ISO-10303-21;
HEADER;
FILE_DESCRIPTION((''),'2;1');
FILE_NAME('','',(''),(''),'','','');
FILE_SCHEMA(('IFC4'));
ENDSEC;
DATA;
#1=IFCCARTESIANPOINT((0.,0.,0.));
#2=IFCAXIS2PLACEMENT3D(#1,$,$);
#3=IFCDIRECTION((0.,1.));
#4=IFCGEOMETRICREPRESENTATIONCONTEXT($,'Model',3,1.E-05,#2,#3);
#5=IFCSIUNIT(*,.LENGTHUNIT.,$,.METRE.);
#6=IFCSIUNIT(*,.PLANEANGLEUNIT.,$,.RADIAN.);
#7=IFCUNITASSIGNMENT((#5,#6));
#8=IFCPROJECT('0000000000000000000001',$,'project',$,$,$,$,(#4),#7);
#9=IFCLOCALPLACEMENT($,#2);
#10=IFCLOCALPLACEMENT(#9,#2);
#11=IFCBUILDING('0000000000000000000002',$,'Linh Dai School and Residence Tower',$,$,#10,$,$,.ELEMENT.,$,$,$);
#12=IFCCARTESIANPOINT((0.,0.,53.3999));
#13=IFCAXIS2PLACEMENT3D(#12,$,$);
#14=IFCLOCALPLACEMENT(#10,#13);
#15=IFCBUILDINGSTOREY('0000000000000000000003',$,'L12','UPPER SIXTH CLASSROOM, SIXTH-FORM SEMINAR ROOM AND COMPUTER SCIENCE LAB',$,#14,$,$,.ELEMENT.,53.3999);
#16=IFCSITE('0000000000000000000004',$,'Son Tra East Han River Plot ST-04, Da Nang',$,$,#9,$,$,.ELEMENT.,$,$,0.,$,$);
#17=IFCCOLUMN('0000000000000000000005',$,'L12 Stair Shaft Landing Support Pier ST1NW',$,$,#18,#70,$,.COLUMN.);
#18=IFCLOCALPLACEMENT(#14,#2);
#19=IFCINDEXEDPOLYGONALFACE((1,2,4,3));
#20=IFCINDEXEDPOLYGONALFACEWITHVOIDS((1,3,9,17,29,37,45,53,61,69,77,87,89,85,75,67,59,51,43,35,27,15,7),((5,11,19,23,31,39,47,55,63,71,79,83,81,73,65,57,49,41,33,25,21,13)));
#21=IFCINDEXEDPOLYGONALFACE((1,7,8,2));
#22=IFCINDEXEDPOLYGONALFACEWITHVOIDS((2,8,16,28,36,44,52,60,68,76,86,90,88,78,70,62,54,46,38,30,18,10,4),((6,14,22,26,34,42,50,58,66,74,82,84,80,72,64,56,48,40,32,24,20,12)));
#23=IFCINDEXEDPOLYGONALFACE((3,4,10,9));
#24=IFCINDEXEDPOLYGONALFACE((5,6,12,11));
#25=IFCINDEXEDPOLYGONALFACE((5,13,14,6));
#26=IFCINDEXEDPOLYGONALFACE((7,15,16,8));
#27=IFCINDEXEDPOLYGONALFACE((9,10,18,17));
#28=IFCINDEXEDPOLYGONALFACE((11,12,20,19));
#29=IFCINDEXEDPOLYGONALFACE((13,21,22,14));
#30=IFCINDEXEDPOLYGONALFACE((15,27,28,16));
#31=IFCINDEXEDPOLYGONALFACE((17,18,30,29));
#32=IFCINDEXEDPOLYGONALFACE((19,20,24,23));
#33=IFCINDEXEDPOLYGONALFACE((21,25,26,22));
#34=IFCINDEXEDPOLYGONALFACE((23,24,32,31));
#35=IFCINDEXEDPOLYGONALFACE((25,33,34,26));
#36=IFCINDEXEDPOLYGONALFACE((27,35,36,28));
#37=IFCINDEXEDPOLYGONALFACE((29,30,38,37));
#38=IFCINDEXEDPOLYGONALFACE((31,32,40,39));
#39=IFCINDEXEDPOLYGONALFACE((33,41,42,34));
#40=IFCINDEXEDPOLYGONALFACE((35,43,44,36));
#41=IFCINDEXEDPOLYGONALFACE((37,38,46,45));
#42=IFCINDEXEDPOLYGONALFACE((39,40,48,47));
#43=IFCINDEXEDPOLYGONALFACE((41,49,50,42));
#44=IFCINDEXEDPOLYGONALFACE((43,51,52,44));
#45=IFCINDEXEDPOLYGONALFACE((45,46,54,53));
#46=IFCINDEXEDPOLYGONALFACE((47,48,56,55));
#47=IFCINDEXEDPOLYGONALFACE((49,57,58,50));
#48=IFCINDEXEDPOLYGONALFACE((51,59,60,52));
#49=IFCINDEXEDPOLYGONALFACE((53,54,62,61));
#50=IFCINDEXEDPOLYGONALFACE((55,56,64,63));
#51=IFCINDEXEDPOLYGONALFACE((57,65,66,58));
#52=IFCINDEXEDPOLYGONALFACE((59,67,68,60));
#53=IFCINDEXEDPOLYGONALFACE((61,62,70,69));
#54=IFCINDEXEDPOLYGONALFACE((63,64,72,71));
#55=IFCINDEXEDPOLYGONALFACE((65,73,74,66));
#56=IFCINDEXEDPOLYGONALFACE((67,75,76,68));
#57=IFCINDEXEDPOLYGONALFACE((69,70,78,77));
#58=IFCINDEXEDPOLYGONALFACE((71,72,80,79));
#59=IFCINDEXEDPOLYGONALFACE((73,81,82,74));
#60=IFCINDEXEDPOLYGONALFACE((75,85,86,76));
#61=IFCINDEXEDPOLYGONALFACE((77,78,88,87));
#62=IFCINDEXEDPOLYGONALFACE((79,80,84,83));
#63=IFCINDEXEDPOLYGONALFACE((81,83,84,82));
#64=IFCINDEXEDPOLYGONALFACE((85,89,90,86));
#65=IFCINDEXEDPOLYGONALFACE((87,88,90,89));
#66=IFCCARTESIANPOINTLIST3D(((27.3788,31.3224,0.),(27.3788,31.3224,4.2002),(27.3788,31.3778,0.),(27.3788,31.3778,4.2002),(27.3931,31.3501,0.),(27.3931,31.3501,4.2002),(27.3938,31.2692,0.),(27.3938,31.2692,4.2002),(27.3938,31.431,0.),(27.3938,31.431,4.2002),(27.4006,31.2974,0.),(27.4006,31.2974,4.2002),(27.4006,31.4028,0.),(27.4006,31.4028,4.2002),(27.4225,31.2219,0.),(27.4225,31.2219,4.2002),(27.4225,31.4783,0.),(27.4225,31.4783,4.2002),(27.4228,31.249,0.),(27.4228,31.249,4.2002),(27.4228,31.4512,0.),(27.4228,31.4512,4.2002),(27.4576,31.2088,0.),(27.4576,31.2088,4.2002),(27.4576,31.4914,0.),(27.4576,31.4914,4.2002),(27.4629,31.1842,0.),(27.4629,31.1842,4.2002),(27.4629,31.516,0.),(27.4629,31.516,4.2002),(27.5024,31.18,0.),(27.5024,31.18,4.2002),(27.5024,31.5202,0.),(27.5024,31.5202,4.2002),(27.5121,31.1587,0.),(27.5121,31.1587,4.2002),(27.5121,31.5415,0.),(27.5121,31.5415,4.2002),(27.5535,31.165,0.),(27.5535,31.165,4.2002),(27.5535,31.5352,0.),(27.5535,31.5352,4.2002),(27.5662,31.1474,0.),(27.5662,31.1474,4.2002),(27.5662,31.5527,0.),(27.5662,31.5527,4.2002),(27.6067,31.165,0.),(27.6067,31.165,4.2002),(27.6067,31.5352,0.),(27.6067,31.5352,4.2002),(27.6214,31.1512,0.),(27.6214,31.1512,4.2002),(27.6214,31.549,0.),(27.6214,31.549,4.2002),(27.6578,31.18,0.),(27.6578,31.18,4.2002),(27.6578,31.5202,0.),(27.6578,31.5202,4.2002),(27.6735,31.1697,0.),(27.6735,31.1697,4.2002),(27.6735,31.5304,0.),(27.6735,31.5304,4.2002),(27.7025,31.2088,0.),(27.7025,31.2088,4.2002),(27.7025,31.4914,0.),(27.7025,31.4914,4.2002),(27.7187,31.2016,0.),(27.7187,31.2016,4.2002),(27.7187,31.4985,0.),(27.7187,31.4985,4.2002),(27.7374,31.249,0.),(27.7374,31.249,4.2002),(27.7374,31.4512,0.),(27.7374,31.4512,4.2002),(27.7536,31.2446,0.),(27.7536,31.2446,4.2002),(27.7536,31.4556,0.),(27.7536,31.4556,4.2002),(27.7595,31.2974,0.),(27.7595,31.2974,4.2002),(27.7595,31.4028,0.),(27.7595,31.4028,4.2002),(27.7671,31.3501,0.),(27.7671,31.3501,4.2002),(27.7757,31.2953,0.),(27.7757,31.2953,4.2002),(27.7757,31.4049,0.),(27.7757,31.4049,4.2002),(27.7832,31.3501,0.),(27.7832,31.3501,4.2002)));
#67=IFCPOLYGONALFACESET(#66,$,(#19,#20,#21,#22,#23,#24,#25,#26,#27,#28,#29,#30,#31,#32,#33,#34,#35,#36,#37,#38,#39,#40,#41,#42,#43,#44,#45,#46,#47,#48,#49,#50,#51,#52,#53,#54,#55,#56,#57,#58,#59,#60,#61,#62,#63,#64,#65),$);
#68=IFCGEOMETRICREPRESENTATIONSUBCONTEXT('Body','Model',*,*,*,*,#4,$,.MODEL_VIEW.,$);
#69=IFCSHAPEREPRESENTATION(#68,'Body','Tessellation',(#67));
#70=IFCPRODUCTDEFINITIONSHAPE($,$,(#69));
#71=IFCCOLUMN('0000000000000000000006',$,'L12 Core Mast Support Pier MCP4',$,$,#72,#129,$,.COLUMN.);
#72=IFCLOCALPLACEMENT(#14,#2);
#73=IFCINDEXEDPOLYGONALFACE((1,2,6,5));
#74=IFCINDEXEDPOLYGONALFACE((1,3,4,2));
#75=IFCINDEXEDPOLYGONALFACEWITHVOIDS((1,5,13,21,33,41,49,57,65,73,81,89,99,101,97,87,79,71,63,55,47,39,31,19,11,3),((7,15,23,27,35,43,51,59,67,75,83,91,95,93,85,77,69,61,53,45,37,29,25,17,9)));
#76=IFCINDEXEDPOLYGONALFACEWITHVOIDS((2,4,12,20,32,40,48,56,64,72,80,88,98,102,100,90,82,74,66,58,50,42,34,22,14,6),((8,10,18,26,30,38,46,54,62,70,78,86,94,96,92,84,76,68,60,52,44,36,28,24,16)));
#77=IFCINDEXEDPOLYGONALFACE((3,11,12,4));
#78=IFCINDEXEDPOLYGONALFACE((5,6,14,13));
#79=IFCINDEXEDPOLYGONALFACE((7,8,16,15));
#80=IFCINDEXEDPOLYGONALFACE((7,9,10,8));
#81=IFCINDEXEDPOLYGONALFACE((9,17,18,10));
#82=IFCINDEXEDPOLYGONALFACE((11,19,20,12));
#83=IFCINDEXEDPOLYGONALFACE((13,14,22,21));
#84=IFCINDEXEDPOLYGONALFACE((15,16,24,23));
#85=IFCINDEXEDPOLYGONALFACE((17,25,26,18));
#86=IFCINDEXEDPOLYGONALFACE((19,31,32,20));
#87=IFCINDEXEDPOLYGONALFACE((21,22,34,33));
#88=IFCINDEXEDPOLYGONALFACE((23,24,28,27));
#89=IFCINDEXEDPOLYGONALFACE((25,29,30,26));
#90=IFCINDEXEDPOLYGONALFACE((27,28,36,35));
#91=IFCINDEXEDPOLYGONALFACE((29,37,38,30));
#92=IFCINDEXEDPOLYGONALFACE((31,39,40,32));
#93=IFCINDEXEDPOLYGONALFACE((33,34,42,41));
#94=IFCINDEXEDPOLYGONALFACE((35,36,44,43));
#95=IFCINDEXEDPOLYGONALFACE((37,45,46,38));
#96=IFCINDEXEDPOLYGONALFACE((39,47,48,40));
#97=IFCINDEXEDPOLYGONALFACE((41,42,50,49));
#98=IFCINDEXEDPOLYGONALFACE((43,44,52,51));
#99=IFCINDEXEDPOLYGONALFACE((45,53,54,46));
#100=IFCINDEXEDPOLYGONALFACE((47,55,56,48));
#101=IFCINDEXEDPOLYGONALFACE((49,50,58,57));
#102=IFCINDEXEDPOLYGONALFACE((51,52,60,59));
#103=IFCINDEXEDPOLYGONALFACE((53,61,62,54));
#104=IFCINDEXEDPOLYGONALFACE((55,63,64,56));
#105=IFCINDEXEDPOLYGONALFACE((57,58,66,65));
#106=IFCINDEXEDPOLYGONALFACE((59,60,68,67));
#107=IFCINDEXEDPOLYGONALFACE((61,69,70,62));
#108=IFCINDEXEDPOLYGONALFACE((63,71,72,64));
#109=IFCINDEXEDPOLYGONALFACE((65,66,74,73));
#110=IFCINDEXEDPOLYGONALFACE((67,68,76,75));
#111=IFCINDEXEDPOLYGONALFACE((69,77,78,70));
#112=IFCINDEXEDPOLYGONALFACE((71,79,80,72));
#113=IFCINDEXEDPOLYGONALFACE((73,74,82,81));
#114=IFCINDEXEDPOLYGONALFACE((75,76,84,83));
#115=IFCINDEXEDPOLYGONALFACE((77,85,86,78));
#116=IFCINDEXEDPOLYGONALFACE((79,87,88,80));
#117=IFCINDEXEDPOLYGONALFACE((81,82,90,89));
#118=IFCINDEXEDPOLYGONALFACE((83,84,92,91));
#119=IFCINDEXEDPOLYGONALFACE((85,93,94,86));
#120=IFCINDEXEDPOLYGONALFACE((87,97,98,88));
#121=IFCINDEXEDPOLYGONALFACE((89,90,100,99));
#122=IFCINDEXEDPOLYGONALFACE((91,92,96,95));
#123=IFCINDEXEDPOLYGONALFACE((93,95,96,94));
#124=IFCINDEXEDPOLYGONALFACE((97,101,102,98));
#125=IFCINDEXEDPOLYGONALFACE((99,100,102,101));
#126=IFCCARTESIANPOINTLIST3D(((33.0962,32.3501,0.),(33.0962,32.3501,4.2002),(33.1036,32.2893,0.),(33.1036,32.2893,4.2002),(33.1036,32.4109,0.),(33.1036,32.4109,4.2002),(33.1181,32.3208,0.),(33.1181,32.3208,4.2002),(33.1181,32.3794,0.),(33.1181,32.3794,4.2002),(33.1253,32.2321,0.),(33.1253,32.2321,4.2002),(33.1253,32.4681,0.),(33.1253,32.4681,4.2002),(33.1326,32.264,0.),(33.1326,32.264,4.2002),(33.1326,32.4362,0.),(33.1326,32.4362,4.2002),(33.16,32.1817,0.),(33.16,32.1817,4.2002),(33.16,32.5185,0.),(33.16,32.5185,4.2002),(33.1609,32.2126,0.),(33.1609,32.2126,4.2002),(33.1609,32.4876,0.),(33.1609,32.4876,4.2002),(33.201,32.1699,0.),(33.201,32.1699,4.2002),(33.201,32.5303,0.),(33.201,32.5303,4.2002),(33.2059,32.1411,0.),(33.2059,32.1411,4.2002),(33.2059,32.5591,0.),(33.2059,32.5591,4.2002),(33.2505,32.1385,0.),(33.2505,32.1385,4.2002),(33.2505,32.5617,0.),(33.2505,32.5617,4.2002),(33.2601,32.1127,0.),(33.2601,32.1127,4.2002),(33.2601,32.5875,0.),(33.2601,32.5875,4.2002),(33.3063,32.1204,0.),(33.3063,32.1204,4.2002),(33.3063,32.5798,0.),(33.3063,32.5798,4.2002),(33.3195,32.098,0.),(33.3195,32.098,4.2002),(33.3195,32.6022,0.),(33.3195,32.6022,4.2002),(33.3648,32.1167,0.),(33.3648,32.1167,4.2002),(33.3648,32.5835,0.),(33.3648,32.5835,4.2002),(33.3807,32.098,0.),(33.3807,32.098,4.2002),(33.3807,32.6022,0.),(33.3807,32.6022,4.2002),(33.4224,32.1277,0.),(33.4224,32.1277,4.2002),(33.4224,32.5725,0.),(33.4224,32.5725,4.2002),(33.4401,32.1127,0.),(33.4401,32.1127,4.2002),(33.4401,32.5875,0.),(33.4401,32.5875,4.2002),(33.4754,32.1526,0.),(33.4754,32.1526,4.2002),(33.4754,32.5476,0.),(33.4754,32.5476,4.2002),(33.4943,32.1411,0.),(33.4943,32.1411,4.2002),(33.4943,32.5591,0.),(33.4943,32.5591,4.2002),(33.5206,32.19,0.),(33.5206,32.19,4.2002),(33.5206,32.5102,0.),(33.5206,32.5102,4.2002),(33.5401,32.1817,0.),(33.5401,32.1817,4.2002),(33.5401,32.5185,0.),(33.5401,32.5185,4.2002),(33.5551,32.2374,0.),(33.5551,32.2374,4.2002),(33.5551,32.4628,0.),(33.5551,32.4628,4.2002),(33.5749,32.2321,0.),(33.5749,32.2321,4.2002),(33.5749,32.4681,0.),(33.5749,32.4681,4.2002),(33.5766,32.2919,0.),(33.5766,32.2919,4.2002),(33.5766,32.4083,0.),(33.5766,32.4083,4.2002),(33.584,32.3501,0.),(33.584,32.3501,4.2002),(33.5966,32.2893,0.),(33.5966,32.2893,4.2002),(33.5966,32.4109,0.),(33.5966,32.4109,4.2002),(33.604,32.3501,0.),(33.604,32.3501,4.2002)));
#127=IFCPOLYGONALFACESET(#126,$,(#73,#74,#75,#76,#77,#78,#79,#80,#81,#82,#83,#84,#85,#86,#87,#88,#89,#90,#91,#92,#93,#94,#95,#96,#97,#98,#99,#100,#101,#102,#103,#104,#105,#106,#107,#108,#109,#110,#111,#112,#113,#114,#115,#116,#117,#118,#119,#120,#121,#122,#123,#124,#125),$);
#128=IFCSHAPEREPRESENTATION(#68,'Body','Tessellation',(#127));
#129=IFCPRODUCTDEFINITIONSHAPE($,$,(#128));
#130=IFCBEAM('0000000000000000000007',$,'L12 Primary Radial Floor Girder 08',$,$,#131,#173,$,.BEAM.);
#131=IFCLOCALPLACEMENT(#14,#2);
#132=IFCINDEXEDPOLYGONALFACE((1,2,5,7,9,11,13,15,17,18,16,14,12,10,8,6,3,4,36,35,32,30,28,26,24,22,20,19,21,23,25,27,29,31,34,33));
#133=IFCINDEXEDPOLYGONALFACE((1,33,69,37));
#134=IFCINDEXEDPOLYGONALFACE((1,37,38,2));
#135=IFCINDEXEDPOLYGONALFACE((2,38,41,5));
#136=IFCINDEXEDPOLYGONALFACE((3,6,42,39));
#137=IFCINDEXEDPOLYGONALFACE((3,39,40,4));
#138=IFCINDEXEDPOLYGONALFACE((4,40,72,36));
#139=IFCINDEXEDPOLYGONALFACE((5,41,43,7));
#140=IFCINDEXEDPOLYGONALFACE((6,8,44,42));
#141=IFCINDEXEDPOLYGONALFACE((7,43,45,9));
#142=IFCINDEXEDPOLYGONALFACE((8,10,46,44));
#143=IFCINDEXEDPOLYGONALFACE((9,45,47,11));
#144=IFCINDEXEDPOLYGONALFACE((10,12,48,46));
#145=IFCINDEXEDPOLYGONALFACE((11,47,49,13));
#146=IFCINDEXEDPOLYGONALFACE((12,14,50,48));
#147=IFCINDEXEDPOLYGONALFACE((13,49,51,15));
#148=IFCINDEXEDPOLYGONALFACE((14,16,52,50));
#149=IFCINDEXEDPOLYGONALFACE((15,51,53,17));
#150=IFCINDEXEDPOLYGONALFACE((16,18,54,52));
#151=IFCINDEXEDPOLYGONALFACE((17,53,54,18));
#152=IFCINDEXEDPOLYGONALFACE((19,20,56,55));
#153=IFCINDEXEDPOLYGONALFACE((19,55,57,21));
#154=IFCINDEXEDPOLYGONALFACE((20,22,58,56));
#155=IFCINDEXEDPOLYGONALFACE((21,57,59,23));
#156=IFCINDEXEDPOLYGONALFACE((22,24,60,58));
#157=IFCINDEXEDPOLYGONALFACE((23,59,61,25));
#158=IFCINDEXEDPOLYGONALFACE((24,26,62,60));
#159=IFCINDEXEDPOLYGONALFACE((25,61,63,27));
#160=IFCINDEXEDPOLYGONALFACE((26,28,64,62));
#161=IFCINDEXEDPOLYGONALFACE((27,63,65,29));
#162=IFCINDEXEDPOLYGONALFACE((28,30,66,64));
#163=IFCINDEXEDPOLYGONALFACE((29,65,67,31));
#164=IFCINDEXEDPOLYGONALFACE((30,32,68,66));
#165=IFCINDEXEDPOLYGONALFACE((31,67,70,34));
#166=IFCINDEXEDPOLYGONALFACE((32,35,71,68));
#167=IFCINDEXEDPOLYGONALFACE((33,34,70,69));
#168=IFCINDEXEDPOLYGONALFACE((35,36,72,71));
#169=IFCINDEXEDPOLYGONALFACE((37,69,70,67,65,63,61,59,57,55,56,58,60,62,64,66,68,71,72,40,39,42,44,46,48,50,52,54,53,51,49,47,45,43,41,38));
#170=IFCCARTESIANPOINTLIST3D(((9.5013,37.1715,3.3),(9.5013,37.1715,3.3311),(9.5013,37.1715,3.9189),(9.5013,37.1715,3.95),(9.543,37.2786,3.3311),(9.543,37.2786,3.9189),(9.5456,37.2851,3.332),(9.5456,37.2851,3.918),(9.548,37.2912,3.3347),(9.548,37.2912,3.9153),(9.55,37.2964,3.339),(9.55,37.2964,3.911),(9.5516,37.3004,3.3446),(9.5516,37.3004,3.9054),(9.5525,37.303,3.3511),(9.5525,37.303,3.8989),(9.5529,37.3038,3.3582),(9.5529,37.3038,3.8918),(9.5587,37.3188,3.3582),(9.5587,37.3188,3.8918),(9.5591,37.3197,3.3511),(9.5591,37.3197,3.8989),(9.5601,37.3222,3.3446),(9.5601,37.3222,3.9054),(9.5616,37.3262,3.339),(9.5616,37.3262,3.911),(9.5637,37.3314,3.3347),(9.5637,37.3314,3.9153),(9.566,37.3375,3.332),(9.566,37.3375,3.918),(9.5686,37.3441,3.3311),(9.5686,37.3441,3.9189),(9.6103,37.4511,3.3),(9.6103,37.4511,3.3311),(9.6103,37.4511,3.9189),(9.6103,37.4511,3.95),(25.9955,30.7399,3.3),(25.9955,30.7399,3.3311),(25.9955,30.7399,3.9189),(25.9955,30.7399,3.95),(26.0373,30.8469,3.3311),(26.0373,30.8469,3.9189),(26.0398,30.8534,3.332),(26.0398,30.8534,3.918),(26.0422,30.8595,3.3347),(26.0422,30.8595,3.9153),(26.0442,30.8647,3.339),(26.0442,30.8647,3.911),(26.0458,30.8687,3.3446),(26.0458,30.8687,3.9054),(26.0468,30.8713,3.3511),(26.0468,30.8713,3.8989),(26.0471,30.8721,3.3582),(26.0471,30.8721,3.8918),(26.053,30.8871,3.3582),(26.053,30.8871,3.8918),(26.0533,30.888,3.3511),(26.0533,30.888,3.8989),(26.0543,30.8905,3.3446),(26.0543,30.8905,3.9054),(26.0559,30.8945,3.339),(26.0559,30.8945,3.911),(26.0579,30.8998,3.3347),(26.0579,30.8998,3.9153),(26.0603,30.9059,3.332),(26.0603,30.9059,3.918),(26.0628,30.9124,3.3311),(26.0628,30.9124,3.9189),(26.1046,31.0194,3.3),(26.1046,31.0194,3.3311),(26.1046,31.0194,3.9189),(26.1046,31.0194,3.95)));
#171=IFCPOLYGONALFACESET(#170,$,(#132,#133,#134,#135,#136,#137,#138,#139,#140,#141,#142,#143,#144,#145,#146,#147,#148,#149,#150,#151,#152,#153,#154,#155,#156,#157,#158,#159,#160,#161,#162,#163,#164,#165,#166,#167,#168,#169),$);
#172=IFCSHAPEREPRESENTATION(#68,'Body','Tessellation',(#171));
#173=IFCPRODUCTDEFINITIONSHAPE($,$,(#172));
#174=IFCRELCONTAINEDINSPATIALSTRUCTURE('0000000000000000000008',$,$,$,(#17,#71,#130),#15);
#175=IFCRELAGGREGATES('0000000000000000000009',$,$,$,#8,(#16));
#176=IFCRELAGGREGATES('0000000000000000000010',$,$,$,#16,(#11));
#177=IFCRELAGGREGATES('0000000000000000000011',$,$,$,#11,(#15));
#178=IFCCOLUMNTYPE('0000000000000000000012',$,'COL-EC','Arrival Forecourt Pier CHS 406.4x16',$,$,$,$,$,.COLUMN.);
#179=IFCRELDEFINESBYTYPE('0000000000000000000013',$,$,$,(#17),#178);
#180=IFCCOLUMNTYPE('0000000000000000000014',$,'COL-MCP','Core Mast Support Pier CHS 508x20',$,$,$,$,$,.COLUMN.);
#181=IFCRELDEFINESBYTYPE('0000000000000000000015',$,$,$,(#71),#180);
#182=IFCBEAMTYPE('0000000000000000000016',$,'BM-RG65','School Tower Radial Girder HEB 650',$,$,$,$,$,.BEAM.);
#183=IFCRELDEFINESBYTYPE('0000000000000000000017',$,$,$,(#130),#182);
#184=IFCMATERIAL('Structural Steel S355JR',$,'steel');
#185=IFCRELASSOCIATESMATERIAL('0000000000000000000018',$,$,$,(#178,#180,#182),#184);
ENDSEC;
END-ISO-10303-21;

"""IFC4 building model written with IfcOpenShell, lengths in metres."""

from ifc_helpers import new_model, si_unit, direction, frame, origin, origin_2d, place, context, subcontext, project, spatial, hollow_circle, i_section, extrude, material, material_profile, profile_set, type_object, element, save


model = new_model("IFC4")

# Units and contexts
model_context = context("Model", 3, precision=1e-05, world=origin(), true_north=direction((0.0, 1.0)))
body_context = subcontext(model_context, "Body", "Model", "MODEL_VIEW")
ifc_project = project(units=[si_unit("LENGTHUNIT", "METRE"), si_unit("PLANEANGLEUNIT", "RADIAN")], contexts=[model_context])

# Site, building, storey
site_placement = place(None, origin())
site = spatial("IfcSite", under=ifc_project, at=site_placement, Name="Son Tra East Han River Plot ST-04, Da Nang", CompositionType="ELEMENT", RefElevation=0.0)
building_placement = place(site_placement, origin())
building = spatial("IfcBuilding", under=site, at=building_placement, Name="Linh Dai School and Residence Tower", CompositionType="ELEMENT")
storey_placement = place(building_placement, frame((0.0, 0.0, 53.3999)))
storey = spatial("IfcBuildingStorey", under=building, at=storey_placement, Name="L12", Description="UPPER SIXTH CLASSROOM, SIXTH-FORM SEMINAR ROOM AND COMPUTER SCIENCE LAB", CompositionType="ELEMENT", Elevation=53.3999)

# Columns
ifc_material_1 = material(Name="Structural Steel S355JR", Category="steel")
ifc_material_profile_1 = material_profile(ifc_material_1, hollow_circle(Radius=0.2031, WallThickness=0.0161, at=origin_2d()), Name="CHS 406.4x16")
ifc_profile_set_1 = profile_set([ifc_material_profile_1], Name="Structural Steel S355JR")
column_type_1 = type_object("IfcColumnType", Name="COL-EC", Description="Arrival Forecourt Pier CHS 406.4x16", PredefinedType="COLUMN", material=ifc_profile_set_1)
column_1_placement = place(storey_placement, frame((27.5801, 31.3501, 0.0), z_axis=(0.0, 0.0, 1.0), x_axis=(1.0, 0.0, 0.0)))
element("IfcColumn", 1, at=column_1_placement, inside=storey, type_object=column_type_1, Name="L12 Stair Shaft Landing Support Pier ST1NW", PredefinedType="COLUMN", context=body_context, shape_type="SweptSolid", body=[
    extrude(hollow_circle(Radius=0.2031, WallThickness=0.0161, at=origin_2d()), origin(), (0.0, 0.0, 1.0), 4.2002),
])
ifc_material_profile_2 = material_profile(ifc_material_1, hollow_circle(Radius=0.2539, WallThickness=0.02, at=origin_2d()), Name="CHS 508x20")
ifc_profile_set_2 = profile_set([ifc_material_profile_2], Name="Structural Steel S355JR")
column_type_2 = type_object("IfcColumnType", Name="COL-MCP", Description="Core Mast Support Pier CHS 508x20", PredefinedType="COLUMN", material=ifc_profile_set_2)
column_2_placement = place(storey_placement, frame((33.3501, 32.3501, 0.0), z_axis=(0.0, 0.0, 1.0), x_axis=(1.0, 0.0, 0.0)))
element("IfcColumn", 2, at=column_2_placement, inside=storey, type_object=column_type_2, Name="L12 Core Mast Support Pier MCP4", PredefinedType="COLUMN", context=body_context, shape_type="SweptSolid", body=[
    extrude(hollow_circle(Radius=0.2539, WallThickness=0.02, at=origin_2d()), origin(), (0.0, 0.0, 1.0), 4.2002),
])

# Beam
ifc_material_profile_3 = material_profile(ifc_material_1, i_section(OverallWidth=0.3, OverallDepth=0.6499, WebThickness=0.0161, FlangeThickness=0.031, FilletRadius=0.0271, at=origin_2d()), Name="HEB 650")
ifc_profile_set_3 = profile_set([ifc_material_profile_3], Name="Structural Steel S355JR")
beam_type_1 = type_object("IfcBeamType", Name="BM-RG65", Description="School Tower Radial Girder HEB 650", PredefinedType="BEAM", material=ifc_profile_set_3)
beam_1_placement = place(storey_placement, frame((26.05, 30.8796, 3.625), z_axis=(-0.931675, 0.363293, 0.0), x_axis=(-0.363293, -0.931675, 0.0)))
element("IfcBeam", 3, at=beam_1_placement, inside=storey, type_object=beam_type_1, Name="L12 Primary Radial Floor Girder 08", PredefinedType="BEAM", context=body_context, shape_type="SweptSolid", body=[
    extrude(i_section(OverallWidth=0.3, OverallDepth=0.6499, WebThickness=0.0161, FlangeThickness=0.031, FilletRadius=0.0271, at=origin_2d()), origin(), (0.0, 0.0, 1.0), 17.7039),
])

save(model, "model.ifc")
